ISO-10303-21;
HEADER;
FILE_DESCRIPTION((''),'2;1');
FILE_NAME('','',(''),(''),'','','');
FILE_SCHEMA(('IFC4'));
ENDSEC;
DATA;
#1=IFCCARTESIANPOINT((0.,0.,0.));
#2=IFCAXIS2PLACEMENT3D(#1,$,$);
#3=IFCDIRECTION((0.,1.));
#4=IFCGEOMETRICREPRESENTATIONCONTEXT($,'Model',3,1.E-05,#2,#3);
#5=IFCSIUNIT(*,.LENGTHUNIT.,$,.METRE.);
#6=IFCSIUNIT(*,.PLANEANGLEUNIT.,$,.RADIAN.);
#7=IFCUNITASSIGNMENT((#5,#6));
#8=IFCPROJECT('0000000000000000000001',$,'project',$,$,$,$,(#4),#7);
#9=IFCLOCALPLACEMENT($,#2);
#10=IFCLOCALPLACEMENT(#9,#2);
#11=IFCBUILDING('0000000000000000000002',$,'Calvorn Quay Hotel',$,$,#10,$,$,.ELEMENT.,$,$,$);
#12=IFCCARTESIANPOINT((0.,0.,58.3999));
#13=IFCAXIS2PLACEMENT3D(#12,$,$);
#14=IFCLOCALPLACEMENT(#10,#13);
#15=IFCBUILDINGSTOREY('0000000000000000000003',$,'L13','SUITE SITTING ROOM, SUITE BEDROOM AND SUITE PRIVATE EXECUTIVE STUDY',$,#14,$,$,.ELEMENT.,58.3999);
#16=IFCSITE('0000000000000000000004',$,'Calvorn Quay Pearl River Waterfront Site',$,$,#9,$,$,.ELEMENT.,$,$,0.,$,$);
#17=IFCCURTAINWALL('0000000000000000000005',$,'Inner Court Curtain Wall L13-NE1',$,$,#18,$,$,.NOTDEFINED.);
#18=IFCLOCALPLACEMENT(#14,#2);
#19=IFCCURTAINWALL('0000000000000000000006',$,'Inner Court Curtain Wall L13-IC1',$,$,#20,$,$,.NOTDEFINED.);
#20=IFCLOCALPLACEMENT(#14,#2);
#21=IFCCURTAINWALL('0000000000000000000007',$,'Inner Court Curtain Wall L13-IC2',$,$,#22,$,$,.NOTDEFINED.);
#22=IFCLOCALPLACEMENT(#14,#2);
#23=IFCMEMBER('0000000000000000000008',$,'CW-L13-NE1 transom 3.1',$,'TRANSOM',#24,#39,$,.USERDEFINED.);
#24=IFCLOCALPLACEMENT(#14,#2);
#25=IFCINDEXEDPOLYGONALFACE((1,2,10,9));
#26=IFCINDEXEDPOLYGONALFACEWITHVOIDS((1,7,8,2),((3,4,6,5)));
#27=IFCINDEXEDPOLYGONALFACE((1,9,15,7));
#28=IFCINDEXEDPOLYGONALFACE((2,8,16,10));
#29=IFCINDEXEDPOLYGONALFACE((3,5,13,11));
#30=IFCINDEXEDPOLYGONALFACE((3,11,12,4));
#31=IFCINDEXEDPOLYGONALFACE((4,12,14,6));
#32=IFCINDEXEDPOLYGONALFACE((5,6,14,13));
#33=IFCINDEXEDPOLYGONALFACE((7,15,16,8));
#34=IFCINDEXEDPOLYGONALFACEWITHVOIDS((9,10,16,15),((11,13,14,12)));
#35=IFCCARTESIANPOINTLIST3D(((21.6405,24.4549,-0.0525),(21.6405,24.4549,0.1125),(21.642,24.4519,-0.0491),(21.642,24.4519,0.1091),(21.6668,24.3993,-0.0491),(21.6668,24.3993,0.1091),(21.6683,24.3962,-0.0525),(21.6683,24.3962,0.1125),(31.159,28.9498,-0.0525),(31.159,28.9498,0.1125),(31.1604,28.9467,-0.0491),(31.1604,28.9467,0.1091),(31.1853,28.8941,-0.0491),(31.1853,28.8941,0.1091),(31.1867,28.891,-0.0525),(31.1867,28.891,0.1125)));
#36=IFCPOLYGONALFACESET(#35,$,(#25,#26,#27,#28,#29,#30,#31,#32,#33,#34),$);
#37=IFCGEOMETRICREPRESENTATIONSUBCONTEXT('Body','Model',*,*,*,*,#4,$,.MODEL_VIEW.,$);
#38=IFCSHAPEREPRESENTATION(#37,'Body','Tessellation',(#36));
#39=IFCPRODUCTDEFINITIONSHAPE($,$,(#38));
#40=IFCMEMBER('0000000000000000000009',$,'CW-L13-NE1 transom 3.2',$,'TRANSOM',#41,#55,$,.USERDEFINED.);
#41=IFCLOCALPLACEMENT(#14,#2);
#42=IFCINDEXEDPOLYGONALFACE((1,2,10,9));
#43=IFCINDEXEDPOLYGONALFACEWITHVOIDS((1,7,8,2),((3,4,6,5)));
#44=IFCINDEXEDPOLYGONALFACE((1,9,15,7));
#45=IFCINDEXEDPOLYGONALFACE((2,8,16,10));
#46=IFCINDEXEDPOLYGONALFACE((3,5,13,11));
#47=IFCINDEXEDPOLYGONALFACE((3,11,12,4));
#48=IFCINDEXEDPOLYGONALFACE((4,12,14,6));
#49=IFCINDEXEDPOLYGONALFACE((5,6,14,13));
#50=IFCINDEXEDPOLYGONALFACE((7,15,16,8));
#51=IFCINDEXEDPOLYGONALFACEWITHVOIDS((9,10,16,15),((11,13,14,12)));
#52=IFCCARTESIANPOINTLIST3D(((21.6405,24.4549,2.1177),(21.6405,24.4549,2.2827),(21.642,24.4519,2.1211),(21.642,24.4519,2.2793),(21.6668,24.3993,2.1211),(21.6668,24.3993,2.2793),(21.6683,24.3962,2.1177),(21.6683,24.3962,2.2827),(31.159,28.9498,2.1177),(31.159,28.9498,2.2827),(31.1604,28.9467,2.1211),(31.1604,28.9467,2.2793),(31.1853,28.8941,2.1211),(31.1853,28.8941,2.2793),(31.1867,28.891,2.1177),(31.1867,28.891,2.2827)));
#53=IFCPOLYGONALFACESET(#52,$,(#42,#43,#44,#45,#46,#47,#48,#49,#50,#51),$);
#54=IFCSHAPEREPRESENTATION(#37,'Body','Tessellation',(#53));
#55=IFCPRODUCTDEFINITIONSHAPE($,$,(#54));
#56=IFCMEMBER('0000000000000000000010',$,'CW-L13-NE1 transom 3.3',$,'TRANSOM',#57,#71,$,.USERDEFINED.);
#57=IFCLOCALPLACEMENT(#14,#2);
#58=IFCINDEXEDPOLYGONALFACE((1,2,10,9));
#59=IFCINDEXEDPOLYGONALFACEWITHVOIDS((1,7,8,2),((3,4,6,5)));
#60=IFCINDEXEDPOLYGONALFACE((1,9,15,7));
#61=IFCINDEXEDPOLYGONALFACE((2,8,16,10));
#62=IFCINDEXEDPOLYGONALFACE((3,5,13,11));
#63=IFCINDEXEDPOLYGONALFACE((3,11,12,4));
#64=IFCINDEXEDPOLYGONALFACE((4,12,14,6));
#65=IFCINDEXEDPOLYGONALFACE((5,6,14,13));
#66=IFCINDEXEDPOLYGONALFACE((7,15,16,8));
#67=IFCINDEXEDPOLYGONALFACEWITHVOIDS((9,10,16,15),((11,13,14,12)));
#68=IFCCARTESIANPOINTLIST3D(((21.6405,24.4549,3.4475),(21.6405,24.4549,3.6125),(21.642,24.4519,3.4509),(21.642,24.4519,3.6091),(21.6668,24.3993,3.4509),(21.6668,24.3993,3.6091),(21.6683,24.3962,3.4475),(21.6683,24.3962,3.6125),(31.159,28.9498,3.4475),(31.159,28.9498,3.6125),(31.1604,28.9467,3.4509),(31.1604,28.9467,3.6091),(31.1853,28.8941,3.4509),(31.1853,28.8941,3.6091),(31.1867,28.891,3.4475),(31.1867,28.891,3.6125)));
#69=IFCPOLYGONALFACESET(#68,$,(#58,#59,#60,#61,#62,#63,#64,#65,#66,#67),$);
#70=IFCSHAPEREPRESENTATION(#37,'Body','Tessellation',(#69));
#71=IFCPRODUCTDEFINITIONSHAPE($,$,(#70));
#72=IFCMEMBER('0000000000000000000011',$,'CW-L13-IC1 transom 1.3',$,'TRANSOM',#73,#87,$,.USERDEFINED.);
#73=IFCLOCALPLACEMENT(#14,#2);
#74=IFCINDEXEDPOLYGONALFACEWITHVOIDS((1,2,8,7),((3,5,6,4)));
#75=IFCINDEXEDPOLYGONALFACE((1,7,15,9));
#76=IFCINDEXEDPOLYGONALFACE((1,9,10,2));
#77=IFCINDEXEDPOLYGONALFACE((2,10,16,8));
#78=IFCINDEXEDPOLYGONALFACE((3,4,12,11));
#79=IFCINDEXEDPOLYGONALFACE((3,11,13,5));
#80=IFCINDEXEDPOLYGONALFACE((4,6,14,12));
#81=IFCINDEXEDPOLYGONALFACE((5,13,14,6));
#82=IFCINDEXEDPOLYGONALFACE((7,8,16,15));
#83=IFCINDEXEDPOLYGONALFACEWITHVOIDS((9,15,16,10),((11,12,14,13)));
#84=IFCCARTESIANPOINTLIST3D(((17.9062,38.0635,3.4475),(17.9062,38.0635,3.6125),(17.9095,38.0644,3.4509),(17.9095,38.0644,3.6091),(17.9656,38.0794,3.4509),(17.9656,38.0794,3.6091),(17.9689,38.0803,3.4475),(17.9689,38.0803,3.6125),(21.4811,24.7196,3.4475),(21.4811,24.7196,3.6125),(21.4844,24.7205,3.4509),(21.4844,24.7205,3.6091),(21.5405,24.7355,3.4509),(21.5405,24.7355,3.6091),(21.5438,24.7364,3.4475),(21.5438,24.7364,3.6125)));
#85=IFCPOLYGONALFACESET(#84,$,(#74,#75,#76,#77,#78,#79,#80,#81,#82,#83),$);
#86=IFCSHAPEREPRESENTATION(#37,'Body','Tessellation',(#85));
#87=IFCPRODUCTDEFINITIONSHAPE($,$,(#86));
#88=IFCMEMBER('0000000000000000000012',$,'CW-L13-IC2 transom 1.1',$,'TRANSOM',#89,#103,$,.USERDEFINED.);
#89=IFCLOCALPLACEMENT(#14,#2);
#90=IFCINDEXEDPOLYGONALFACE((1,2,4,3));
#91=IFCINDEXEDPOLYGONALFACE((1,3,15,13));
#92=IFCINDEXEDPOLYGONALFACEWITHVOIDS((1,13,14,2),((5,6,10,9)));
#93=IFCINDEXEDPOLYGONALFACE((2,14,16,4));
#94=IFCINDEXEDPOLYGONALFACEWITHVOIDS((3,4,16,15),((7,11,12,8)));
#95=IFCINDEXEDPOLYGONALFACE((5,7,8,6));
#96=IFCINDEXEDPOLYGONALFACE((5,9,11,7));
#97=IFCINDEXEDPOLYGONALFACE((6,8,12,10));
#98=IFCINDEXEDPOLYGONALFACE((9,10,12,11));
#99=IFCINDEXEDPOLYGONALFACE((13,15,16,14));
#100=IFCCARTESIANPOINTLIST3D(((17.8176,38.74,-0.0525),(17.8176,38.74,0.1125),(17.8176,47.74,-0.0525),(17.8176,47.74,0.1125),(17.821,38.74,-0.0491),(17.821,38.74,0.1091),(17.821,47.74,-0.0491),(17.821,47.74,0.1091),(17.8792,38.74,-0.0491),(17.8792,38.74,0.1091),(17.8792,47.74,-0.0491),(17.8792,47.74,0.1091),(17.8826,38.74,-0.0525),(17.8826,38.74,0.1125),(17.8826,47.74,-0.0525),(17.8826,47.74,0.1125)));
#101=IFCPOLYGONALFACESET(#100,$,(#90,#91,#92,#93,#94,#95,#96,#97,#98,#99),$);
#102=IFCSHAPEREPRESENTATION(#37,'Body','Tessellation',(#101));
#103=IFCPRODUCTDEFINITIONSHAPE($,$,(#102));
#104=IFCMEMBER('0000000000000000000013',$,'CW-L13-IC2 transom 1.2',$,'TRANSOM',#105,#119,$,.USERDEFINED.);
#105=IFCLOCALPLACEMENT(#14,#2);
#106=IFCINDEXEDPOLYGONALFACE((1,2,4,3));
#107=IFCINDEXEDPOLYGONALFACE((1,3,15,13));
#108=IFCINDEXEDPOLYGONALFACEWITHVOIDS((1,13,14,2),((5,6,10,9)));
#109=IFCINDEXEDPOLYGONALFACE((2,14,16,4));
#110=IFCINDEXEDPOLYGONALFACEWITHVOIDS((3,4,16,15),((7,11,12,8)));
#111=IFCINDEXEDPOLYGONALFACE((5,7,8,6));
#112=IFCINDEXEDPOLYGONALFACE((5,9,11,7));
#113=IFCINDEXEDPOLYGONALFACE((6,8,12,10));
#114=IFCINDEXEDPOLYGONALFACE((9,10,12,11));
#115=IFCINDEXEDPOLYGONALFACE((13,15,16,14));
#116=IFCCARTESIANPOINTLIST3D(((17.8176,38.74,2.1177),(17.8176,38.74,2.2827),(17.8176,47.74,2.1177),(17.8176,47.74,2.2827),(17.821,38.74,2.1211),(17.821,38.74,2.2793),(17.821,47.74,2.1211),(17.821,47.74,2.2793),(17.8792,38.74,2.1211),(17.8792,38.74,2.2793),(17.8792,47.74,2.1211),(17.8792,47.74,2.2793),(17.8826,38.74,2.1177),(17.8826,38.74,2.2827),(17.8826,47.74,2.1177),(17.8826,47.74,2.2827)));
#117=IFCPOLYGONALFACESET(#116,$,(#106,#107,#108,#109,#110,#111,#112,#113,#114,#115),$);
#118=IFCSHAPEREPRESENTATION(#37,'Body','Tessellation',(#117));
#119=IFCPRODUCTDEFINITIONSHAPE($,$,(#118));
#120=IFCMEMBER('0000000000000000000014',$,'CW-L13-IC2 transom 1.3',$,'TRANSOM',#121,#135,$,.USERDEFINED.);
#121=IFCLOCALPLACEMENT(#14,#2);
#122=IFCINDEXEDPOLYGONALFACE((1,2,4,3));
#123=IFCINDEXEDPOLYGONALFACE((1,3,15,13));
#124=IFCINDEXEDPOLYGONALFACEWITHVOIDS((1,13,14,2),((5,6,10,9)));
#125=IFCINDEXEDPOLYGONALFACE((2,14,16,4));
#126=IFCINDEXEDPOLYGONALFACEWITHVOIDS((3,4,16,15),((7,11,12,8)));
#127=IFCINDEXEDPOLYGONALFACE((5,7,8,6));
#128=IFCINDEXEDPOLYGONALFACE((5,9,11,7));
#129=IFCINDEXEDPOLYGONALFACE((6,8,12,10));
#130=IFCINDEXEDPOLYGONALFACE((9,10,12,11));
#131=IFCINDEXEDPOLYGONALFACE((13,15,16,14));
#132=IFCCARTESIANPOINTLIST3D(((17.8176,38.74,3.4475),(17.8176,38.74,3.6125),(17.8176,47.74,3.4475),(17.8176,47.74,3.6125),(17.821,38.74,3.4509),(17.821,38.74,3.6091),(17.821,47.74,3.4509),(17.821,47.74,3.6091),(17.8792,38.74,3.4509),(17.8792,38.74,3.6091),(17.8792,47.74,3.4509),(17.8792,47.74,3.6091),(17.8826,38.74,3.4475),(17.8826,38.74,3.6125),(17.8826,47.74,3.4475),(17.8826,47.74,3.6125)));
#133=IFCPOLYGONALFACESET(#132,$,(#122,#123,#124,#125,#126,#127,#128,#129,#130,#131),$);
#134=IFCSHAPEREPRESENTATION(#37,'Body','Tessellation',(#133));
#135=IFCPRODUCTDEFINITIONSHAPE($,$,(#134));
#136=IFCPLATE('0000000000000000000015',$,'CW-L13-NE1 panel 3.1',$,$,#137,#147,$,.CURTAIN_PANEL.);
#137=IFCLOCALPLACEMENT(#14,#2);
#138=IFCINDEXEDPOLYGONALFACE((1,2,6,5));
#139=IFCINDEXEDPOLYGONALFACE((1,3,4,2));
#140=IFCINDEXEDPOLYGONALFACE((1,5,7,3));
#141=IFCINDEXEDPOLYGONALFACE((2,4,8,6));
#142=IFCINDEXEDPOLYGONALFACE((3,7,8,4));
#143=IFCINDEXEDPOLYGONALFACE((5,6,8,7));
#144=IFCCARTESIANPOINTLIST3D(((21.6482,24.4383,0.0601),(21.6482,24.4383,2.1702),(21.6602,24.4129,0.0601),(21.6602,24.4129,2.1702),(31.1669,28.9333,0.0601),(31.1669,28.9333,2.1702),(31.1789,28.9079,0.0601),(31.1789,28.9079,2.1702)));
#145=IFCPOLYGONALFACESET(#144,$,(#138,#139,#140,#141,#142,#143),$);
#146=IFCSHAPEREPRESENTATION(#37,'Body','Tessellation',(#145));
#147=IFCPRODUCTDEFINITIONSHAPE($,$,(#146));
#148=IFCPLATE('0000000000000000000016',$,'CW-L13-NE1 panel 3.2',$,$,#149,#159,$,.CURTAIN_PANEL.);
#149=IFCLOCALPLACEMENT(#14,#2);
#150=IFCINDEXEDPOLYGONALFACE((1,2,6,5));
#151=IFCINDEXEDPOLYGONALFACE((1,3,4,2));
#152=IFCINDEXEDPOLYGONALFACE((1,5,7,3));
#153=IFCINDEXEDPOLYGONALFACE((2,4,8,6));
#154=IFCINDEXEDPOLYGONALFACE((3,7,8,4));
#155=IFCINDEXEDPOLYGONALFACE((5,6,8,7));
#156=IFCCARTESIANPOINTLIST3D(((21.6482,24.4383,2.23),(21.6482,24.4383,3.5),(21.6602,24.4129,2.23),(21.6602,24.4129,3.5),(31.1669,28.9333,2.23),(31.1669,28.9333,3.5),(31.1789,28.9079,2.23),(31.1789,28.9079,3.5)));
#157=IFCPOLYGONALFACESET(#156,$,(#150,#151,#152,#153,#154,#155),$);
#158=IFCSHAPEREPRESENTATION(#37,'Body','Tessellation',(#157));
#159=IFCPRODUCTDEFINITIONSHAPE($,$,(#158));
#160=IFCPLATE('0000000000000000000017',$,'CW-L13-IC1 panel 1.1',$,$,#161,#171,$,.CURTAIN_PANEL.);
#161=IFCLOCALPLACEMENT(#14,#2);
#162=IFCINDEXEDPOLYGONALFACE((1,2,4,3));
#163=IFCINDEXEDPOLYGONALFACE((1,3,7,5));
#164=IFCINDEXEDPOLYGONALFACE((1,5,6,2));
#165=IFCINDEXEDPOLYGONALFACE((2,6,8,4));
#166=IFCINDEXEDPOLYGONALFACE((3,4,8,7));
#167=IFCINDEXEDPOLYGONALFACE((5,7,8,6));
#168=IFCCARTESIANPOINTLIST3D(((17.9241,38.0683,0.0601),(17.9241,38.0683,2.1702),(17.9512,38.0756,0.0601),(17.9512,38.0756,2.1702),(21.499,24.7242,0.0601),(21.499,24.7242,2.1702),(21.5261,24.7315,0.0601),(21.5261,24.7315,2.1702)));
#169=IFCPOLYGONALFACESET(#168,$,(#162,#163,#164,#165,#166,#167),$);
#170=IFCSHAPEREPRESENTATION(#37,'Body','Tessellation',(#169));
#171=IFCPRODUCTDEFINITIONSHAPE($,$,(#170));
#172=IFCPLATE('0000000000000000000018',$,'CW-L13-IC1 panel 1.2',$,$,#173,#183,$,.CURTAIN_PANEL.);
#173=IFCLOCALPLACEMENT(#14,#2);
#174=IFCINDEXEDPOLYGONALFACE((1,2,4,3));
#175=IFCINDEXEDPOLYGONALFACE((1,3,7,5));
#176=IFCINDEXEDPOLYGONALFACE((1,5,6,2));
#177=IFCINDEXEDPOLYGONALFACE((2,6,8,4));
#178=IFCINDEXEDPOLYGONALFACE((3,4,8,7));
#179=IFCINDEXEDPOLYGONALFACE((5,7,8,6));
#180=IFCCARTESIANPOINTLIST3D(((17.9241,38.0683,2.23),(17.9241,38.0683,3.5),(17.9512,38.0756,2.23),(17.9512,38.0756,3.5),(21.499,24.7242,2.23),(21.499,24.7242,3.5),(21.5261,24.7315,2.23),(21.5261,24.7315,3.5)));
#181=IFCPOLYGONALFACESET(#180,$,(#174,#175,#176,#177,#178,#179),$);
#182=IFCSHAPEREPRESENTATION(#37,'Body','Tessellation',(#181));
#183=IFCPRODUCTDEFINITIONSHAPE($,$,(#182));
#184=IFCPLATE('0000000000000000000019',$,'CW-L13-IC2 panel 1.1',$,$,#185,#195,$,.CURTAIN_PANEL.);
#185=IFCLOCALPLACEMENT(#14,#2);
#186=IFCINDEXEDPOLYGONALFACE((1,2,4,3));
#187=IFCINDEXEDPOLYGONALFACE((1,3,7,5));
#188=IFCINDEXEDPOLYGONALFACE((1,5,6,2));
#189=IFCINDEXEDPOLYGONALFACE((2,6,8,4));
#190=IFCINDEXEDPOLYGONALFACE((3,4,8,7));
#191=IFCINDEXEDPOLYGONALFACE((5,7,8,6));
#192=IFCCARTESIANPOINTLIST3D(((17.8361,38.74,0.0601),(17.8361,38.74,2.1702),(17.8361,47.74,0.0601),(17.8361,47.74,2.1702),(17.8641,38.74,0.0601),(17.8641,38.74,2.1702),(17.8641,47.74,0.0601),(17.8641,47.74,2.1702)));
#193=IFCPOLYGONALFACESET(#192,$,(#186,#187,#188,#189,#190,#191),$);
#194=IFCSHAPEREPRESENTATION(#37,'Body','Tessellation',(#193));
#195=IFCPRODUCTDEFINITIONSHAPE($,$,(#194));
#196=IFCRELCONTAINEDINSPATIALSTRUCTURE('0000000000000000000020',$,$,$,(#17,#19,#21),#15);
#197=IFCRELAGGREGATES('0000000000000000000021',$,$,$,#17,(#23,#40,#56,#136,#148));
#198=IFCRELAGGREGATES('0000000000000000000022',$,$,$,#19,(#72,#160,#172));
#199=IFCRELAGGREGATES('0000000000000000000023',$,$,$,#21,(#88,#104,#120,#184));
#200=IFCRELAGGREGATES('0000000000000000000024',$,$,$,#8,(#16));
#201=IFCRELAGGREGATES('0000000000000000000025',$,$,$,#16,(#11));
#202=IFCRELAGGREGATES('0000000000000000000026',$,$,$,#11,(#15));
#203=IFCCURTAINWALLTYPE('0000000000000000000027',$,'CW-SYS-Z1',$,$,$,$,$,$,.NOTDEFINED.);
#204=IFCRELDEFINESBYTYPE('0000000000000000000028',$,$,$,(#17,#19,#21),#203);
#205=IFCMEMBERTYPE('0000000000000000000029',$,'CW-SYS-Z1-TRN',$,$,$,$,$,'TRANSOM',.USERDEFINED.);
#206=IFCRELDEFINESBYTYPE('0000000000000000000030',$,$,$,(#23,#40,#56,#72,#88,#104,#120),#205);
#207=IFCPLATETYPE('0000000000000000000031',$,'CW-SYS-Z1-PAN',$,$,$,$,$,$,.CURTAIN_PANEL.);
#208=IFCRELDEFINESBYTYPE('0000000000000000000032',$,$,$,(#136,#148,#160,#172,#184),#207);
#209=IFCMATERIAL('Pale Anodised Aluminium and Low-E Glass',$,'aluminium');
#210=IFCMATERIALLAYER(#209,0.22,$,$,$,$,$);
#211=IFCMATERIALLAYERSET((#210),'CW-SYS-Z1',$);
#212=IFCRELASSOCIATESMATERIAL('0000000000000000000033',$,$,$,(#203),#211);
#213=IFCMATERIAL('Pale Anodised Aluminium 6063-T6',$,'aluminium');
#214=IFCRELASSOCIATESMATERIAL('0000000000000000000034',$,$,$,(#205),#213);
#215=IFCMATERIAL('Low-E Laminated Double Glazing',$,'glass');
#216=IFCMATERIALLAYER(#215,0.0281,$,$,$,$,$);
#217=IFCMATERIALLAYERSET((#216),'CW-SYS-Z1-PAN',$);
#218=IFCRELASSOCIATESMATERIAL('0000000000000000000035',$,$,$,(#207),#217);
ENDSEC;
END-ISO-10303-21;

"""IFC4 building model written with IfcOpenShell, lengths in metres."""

from ifc_helpers import new_model, si_unit, direction, frame, origin, origin_2d, place, context, subcontext, project, spatial, rectangle, hollow_rectangle, extrude, material, layer, layer_set, material_profile, profile_set, type_object, element, aggregate, save


model = new_model("IFC4")

# Units and contexts
model_context = context("Model", 3, precision=1e-05, world=origin(), true_north=direction((0.0, 1.0)))
body_context = subcontext(model_context, "Body", "Model", "MODEL_VIEW")
ifc_project = project(units=[si_unit("LENGTHUNIT", "METRE"), si_unit("PLANEANGLEUNIT", "RADIAN")], contexts=[model_context])

# Site, building, storey
site_placement = place(None, origin())
site = spatial("IfcSite", under=ifc_project, at=site_placement, Name="Calvorn Quay Pearl River Waterfront Site", CompositionType="ELEMENT", RefElevation=0.0)
building_placement = place(site_placement, origin())
building = spatial("IfcBuilding", under=site, at=building_placement, Name="Calvorn Quay Hotel", CompositionType="ELEMENT")
storey_placement = place(building_placement, frame((0.0, 0.0, 58.3999)))
storey = spatial("IfcBuildingStorey", under=building, at=storey_placement, Name="L13", Description="SUITE SITTING ROOM, SUITE BEDROOM AND SUITE PRIVATE EXECUTIVE STUDY", CompositionType="ELEMENT", Elevation=58.3999)

# Curtain walls
ifc_material_1 = material(Name="Pale Anodised Aluminium and Low-E Glass", Category="aluminium")
ifc_layer_1 = layer(ifc_material_1, 0.22)
ifc_layer_set_1 = layer_set([ifc_layer_1], Name="CW-SYS-Z1")
curtain_wall_type = type_object("IfcCurtainWallType", Name="CW-SYS-Z1", PredefinedType="NOTDEFINED", material=ifc_layer_set_1)
curtain_wall_1_placement = place(storey_placement, origin())
curtain_wall_1 = element("IfcCurtainWall", 1, at=curtain_wall_1_placement, inside=storey, type_object=curtain_wall_type, Name="Inner Court Curtain Wall L13-NE1", PredefinedType="NOTDEFINED")
curtain_wall_2_placement = place(storey_placement, origin())
curtain_wall_2 = element("IfcCurtainWall", 2, at=curtain_wall_2_placement, inside=storey, type_object=curtain_wall_type, Name="Inner Court Curtain Wall L13-IC1", PredefinedType="NOTDEFINED")

# Curtain wall
curtain_wall_3_placement = place(storey_placement, origin())
curtain_wall_3 = element("IfcCurtainWall", 3, at=curtain_wall_3_placement, inside=storey, type_object=curtain_wall_type, Name="Inner Court Curtain Wall L13-IC2", PredefinedType="NOTDEFINED")

# Members
ifc_material_2 = material(Name="Pale Anodised Aluminium 6063-T6", Category="aluminium")
ifc_material_profile_1 = material_profile(ifc_material_2, hollow_rectangle(XDim=0.0649, YDim=0.165, WallThickness=0.0034, at=origin_2d()), Name="ALU-T165x65x3.5")
ifc_profile_set_1 = profile_set([ifc_material_profile_1], Name="Pale Anodised Aluminium 6063-T6")
member_type_1 = type_object("IfcMemberType", Name="CW-SYS-Z1-TRN", ElementType="TRANSOM", PredefinedType="USERDEFINED", material=ifc_profile_set_1)
member_1_placement = place(storey_placement, frame((31.1729, 28.9204, 0.03), z_axis=(-0.904249, -0.427006, 0.0), x_axis=(0.427006, -0.904249, 0.0)))
member_1 = element("IfcMember", 4, at=member_1_placement, type_object=member_type_1, Name="CW-L13-NE1 transom 3.1", ObjectType="TRANSOM", PredefinedType="USERDEFINED", context=body_context, shape_type="SweptSolid", body=[
    extrude(hollow_rectangle(XDim=0.0649, YDim=0.165, WallThickness=0.0034, at=origin_2d()), origin(), (0.0, 0.0, 1.0), 10.5264),
])
member_2_placement = place(storey_placement, frame((31.1729, 28.9204, 2.2002), z_axis=(-0.904249, -0.427006, 0.0), x_axis=(0.427006, -0.904249, 0.0)))
member_2 = element("IfcMember", 5, at=member_2_placement, type_object=member_type_1, Name="CW-L13-NE1 transom 3.2", ObjectType="TRANSOM", PredefinedType="USERDEFINED", context=body_context, shape_type="SweptSolid", body=[
    extrude(hollow_rectangle(XDim=0.0649, YDim=0.165, WallThickness=0.0034, at=origin_2d()), origin(), (0.0, 0.0, 1.0), 10.5264),
])
member_3_placement = place(storey_placement, frame((31.1729, 28.9204, 3.53), z_axis=(-0.904249, -0.427006, 0.0), x_axis=(0.427006, -0.904249, 0.0)))
member_3 = element("IfcMember", 6, at=member_3_placement, type_object=member_type_1, Name="CW-L13-NE1 transom 3.3", ObjectType="TRANSOM", PredefinedType="USERDEFINED", context=body_context, shape_type="SweptSolid", body=[
    extrude(hollow_rectangle(XDim=0.0649, YDim=0.165, WallThickness=0.0034, at=origin_2d()), origin(), (0.0, 0.0, 1.0), 10.5264),
])
member_4_placement = place(storey_placement, frame((21.5125, 24.728, 3.53), z_axis=(-0.258781, 0.965936, 0.0), x_axis=(-0.965936, -0.258781, 0.0)))
member_4 = element("IfcMember", 7, at=member_4_placement, type_object=member_type_1, Name="CW-L13-IC1 transom 1.3", ObjectType="TRANSOM", PredefinedType="USERDEFINED", context=body_context, shape_type="SweptSolid", body=[
    extrude(hollow_rectangle(XDim=0.0649, YDim=0.165, WallThickness=0.0034, at=origin_2d()), origin(), (0.0, 0.0, 1.0), 13.8145),
])
member_5_placement = place(storey_placement, frame((17.8501, 38.74, 0.03), z_axis=(0.0, 1.0, 0.0), x_axis=(-1.0, 0.0, 0.0)))
member_5 = element("IfcMember", 8, at=member_5_placement, type_object=member_type_1, Name="CW-L13-IC2 transom 1.1", ObjectType="TRANSOM", PredefinedType="USERDEFINED", context=body_context, shape_type="SweptSolid", body=[
    extrude(hollow_rectangle(XDim=0.0649, YDim=0.165, WallThickness=0.0034, at=origin_2d()), origin(), (0.0, 0.0, 1.0), 9.0),
])
member_6_placement = place(storey_placement, frame((17.8501, 38.74, 2.2002), z_axis=(0.0, 1.0, 0.0), x_axis=(-1.0, 0.0, 0.0)))
member_6 = element("IfcMember", 9, at=member_6_placement, type_object=member_type_1, Name="CW-L13-IC2 transom 1.2", ObjectType="TRANSOM", PredefinedType="USERDEFINED", context=body_context, shape_type="SweptSolid", body=[
    extrude(hollow_rectangle(XDim=0.0649, YDim=0.165, WallThickness=0.0034, at=origin_2d()), origin(), (0.0, 0.0, 1.0), 9.0),
])
member_7_placement = place(storey_placement, frame((17.8501, 38.74, 3.53), z_axis=(0.0, 1.0, 0.0), x_axis=(-1.0, 0.0, 0.0)))
member_7 = element("IfcMember", 10, at=member_7_placement, type_object=member_type_1, Name="CW-L13-IC2 transom 1.3", ObjectType="TRANSOM", PredefinedType="USERDEFINED", context=body_context, shape_type="SweptSolid", body=[
    extrude(hollow_rectangle(XDim=0.0649, YDim=0.165, WallThickness=0.0034, at=origin_2d()), origin(), (0.0, 0.0, 1.0), 9.0),
])

# Plates
ifc_material_3 = material(Name="Low-E Laminated Double Glazing", Category="glass")
ifc_layer_2 = layer(ifc_material_3, 0.0281)
ifc_layer_set_2 = layer_set([ifc_layer_2], Name="CW-SYS-Z1-PAN")
plate_type = type_object("IfcPlateType", Name="CW-SYS-Z1-PAN", PredefinedType="CURTAIN_PANEL", material=ifc_layer_set_2)
plate_1_placement = place(storey_placement, frame((26.4136, 26.6731, 0.0601), z_axis=(0.0, 0.0, 1.0), x_axis=(-0.904249, -0.427006, 0.0)))
plate_1 = element("IfcPlate", 11, at=plate_1_placement, type_object=plate_type, Name="CW-L13-NE1 panel 3.1", PredefinedType="CURTAIN_PANEL", context=body_context, shape_type="SweptSolid", body=[
    extrude(rectangle(XDim=10.5266, YDim=0.0281, at=origin_2d()), origin(), (0.0, 0.0, 1.0), 2.1101),
])
plate_2_placement = place(storey_placement, frame((26.4136, 26.6731, 2.23), z_axis=(0.0, 0.0, 1.0), x_axis=(-0.904249, -0.427006, 0.0)))
plate_2 = element("IfcPlate", 12, at=plate_2_placement, type_object=plate_type, Name="CW-L13-NE1 panel 3.2", PredefinedType="CURTAIN_PANEL", context=body_context, shape_type="SweptSolid", body=[
    extrude(rectangle(XDim=10.5266, YDim=0.0281, at=origin_2d()), origin(), (0.0, 0.0, 1.0), 1.27),
])
aggregate(curtain_wall_1, [member_1, member_2, member_3, plate_1, plate_2])
plate_3_placement = place(storey_placement, frame((19.7251, 31.3999, 0.0601), z_axis=(0.0, 0.0, 1.0), x_axis=(-0.258779, 0.965937, 0.0)))
plate_3 = element("IfcPlate", 13, at=plate_3_placement, type_object=plate_type, Name="CW-L13-IC1 panel 1.1", PredefinedType="CURTAIN_PANEL", context=body_context, shape_type="SweptSolid", body=[
    extrude(rectangle(XDim=13.8147, YDim=0.0281, at=origin_2d()), origin(), (0.0, 0.0, 1.0), 2.1101),
])
plate_4_placement = place(storey_placement, frame((19.7251, 31.3999, 2.23), z_axis=(0.0, 0.0, 1.0), x_axis=(-0.258779, 0.965937, 0.0)))
plate_4 = element("IfcPlate", 14, at=plate_4_placement, type_object=plate_type, Name="CW-L13-IC1 panel 1.2", PredefinedType="CURTAIN_PANEL", context=body_context, shape_type="SweptSolid", body=[
    extrude(rectangle(XDim=13.8147, YDim=0.0281, at=origin_2d()), origin(), (0.0, 0.0, 1.0), 1.27),
])
aggregate(curtain_wall_2, [member_4, plate_3, plate_4])
plate_5_placement = place(storey_placement, frame((17.8501, 43.24, 0.0601), z_axis=(0.0, 0.0, 1.0), x_axis=(0.0, 1.0, 0.0)))
plate_5 = element("IfcPlate", 15, at=plate_5_placement, type_object=plate_type, Name="CW-L13-IC2 panel 1.1", PredefinedType="CURTAIN_PANEL", context=body_context, shape_type="SweptSolid", body=[
    extrude(rectangle(XDim=9.0, YDim=0.0281, at=origin_2d()), origin(), (0.0, 0.0, 1.0), 2.1101),
])
aggregate(curtain_wall_3, [member_5, member_6, member_7, plate_5])

save(model, "model.ifc")
